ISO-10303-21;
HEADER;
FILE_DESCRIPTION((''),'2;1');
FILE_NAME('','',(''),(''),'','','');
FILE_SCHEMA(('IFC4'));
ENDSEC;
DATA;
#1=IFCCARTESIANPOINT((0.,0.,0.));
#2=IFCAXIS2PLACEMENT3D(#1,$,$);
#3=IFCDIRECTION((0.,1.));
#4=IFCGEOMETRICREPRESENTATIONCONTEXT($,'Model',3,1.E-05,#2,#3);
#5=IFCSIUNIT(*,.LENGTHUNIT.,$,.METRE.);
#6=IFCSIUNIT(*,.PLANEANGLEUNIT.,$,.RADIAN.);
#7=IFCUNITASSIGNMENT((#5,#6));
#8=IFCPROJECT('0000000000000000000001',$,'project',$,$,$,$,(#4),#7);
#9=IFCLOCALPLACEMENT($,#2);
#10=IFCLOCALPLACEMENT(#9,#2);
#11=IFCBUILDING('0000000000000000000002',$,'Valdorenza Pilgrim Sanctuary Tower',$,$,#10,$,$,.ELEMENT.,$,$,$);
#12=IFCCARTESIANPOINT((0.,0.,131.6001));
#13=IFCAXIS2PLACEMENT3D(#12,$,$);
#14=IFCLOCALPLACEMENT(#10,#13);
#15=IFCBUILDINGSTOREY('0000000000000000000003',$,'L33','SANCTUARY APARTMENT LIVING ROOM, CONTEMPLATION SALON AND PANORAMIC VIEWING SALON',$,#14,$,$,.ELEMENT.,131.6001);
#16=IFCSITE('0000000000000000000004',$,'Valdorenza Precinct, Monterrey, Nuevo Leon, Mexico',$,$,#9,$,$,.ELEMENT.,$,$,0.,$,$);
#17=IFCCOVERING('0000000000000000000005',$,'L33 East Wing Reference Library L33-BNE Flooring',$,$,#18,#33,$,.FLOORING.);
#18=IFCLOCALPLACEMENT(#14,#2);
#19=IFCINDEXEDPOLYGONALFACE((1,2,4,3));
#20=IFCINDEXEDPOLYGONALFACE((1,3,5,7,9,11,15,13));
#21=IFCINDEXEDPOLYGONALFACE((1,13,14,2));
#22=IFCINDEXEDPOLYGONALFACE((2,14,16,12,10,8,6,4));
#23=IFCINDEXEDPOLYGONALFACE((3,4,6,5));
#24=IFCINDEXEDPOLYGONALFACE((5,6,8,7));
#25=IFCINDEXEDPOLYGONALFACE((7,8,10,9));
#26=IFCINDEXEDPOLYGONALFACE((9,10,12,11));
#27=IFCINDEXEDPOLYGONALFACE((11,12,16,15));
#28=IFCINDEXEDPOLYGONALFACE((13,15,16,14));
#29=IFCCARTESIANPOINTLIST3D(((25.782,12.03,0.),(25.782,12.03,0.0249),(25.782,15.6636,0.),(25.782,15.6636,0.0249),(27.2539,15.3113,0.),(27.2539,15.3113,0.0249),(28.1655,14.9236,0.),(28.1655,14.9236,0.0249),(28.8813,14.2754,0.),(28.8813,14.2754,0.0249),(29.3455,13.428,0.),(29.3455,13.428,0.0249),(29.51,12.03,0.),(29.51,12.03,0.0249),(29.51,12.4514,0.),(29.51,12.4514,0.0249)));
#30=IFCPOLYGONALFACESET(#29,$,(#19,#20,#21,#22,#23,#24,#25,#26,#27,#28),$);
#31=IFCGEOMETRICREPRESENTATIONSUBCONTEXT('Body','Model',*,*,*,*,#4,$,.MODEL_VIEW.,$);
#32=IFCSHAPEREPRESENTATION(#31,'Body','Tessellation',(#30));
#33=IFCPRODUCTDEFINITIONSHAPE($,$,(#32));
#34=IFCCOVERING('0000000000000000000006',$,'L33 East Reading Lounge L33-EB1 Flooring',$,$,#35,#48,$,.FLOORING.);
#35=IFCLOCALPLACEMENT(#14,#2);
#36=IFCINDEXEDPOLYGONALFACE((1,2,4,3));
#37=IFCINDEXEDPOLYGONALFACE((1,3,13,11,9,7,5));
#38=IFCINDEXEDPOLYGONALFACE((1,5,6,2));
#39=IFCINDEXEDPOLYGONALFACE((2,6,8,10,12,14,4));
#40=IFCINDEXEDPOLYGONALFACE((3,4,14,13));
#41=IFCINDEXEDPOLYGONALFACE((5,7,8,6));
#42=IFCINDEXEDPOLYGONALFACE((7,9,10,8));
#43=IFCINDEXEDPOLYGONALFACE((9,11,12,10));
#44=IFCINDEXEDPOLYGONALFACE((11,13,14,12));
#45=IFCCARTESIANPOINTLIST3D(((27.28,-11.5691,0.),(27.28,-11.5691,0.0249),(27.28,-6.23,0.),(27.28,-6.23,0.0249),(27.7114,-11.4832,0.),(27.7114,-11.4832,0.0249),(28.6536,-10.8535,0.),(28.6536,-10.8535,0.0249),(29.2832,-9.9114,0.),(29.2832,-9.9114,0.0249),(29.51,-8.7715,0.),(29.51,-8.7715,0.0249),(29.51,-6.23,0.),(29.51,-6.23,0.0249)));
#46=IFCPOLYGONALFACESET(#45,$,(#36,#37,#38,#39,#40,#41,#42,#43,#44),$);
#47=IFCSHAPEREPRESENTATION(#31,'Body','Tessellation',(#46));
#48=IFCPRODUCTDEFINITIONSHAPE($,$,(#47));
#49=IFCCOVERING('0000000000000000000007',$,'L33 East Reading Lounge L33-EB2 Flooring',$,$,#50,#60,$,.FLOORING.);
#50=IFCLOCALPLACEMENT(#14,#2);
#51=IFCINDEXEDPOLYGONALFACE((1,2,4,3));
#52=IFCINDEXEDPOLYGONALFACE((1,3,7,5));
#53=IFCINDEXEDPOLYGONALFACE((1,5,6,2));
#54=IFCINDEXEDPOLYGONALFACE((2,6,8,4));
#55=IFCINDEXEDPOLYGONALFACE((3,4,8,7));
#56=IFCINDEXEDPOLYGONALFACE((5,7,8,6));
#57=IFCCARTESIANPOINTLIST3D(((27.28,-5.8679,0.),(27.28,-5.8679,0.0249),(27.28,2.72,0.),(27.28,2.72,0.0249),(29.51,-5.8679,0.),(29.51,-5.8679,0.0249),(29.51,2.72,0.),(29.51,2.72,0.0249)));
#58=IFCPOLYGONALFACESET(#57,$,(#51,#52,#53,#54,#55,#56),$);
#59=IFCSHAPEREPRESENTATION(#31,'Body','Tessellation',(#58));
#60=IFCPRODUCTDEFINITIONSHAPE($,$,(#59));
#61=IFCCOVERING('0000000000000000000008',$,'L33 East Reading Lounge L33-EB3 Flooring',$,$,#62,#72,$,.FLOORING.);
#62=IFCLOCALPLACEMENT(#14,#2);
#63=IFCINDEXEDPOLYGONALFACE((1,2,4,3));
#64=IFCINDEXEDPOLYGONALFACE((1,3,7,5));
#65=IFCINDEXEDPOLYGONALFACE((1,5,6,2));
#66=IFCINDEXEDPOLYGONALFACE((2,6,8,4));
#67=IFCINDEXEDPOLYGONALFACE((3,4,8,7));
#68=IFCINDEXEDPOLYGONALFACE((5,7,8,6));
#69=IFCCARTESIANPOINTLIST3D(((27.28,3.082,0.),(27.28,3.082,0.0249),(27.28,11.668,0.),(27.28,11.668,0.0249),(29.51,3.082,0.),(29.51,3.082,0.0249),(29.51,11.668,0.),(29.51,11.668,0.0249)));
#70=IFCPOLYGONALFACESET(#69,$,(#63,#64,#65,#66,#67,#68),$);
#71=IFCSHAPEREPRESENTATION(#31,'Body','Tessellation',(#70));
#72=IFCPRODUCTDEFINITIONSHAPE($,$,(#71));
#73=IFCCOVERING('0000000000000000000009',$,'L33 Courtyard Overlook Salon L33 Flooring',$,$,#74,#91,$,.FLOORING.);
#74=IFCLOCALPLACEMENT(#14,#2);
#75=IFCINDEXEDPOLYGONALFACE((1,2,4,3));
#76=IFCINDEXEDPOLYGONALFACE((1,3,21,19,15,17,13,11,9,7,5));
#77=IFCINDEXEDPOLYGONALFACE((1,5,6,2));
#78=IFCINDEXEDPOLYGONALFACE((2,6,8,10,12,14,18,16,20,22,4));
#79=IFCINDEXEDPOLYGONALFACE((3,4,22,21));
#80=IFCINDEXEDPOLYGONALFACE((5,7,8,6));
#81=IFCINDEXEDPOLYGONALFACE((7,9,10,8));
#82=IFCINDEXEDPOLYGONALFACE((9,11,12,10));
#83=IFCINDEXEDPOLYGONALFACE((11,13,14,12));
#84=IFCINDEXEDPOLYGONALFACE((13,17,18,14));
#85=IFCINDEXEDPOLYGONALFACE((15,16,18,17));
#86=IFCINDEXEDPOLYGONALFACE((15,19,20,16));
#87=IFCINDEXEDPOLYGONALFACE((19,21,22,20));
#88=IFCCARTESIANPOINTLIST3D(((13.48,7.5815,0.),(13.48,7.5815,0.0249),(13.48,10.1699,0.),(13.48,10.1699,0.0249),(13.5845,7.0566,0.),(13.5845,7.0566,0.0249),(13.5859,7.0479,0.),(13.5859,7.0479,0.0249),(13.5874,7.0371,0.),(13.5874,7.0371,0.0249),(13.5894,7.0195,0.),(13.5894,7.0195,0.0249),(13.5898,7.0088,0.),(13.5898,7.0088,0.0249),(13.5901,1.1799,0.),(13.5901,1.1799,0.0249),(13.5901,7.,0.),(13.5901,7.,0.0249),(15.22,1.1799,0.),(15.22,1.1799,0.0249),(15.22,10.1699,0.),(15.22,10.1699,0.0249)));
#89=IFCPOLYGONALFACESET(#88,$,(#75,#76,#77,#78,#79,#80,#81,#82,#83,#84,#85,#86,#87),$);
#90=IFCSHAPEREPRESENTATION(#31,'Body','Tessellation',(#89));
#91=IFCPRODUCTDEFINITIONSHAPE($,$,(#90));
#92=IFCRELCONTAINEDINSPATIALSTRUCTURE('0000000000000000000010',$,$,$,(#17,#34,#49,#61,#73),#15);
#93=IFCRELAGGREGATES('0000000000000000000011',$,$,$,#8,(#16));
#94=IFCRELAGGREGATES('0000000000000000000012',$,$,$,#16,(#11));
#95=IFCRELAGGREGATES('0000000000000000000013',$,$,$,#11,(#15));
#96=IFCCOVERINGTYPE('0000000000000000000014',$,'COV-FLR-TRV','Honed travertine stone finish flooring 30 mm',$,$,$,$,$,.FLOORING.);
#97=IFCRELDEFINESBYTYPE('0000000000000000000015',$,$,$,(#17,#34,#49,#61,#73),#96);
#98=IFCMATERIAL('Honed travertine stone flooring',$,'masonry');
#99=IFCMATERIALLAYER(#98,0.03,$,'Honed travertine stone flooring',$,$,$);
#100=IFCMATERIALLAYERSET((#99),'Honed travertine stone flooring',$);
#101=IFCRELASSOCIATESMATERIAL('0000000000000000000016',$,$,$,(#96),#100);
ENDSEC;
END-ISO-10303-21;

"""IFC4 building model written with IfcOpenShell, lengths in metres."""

from ifc_helpers import new_model, si_unit, direction, frame, origin, place, context, subcontext, project, spatial, polyline, outline, extrude, material, layer, layer_set, type_object, element, save


model = new_model("IFC4")

# Units and contexts
model_context = context("Model", 3, precision=1e-05, world=origin(), true_north=direction((0.0, 1.0)))
body_context = subcontext(model_context, "Body", "Model", "MODEL_VIEW")
ifc_project = project(units=[si_unit("LENGTHUNIT", "METRE"), si_unit("PLANEANGLEUNIT", "RADIAN")], contexts=[model_context])

# Site, building, storey
site_placement = place(None, origin())
site = spatial("IfcSite", under=ifc_project, at=site_placement, Name="Valdorenza Precinct, Monterrey, Nuevo Leon, Mexico", CompositionType="ELEMENT", RefElevation=0.0)
building_placement = place(site_placement, origin())
building = spatial("IfcBuilding", under=site, at=building_placement, Name="Valdorenza Pilgrim Sanctuary Tower", CompositionType="ELEMENT")
storey_placement = place(building_placement, frame((0.0, 0.0, 131.6001)))
storey = spatial("IfcBuildingStorey", under=building, at=storey_placement, Name="L33", Description="SANCTUARY APARTMENT LIVING ROOM, CONTEMPLATION SALON AND PANORAMIC VIEWING SALON", CompositionType="ELEMENT", Elevation=131.6001)

# Coverings
ifc_material_1 = material(Name="Honed travertine stone flooring", Category="masonry")
ifc_layer_1 = layer(ifc_material_1, 0.03, Name="Honed travertine stone flooring")
ifc_layer_set_1 = layer_set([ifc_layer_1], Name="Honed travertine stone flooring")
covering_type_1 = type_object("IfcCoveringType", Name="COV-FLR-TRV", Description="Honed travertine stone finish flooring 30 mm", PredefinedType="FLOORING", material=ifc_layer_set_1)
covering_1_placement = place(storey_placement, origin())
element("IfcCovering", 1, at=covering_1_placement, inside=storey, type_object=covering_type_1, Name="L33 East Wing Reference Library L33-BNE Flooring", PredefinedType="FLOORING", context=body_context, shape_type="SweptSolid", body=[
    extrude(outline(polyline([(27.2539, 15.3113), (28.1655, 14.9236), (28.8813, 14.2754), (29.3455, 13.428), (29.51, 12.4514), (29.51, 12.03), (25.782, 12.03), (25.782, 15.6636), (27.2539, 15.3113)])), origin(), (0.0, 0.0, 1.0), 0.0249),
])
covering_2_placement = place(storey_placement, origin())
element("IfcCovering", 2, at=covering_2_placement, inside=storey, type_object=covering_type_1, Name="L33 East Reading Lounge L33-EB1 Flooring", PredefinedType="FLOORING", context=body_context, shape_type="SweptSolid", body=[
    extrude(outline(polyline([(29.51, -6.23), (29.51, -8.7715), (29.2832, -9.9114), (28.6536, -10.8535), (27.7114, -11.4832), (27.28, -11.5691), (27.28, -6.23), (29.51, -6.23)])), origin(), (0.0, 0.0, 1.0), 0.0249),
])
covering_3_placement = place(storey_placement, origin())
element("IfcCovering", 3, at=covering_3_placement, inside=storey, type_object=covering_type_1, Name="L33 East Reading Lounge L33-EB2 Flooring", PredefinedType="FLOORING", context=body_context, shape_type="SweptSolid", body=[
    extrude(outline(polyline([(27.28, 2.72), (29.51, 2.72), (29.51, -5.8679), (27.28, -5.8679), (27.28, 2.72)])), origin(), (0.0, 0.0, 1.0), 0.0249),
])
covering_4_placement = place(storey_placement, origin())
element("IfcCovering", 4, at=covering_4_placement, inside=storey, type_object=covering_type_1, Name="L33 East Reading Lounge L33-EB3 Flooring", PredefinedType="FLOORING", context=body_context, shape_type="SweptSolid", body=[
    extrude(outline(polyline([(27.28, 11.668), (29.51, 11.668), (29.51, 3.082), (27.28, 3.082), (27.28, 11.668)])), origin(), (0.0, 0.0, 1.0), 0.0249),
])
covering_5_placement = place(storey_placement, origin())
element("IfcCovering", 5, at=covering_5_placement, inside=storey, type_object=covering_type_1, Name="L33 Courtyard Overlook Salon L33 Flooring", PredefinedType="FLOORING", context=body_context, shape_type="SweptSolid", body=[
    extrude(outline(polyline([(15.22, 10.1699), (15.22, 1.1799), (13.5901, 1.1799), (13.5901, 7.0), (13.5898, 7.0088), (13.5894, 7.0195), (13.5874, 7.0371), (13.5859, 7.0479), (13.5845, 7.0566), (13.48, 7.5815), (13.48, 10.1699), (15.22, 10.1699)])), origin(), (0.0, 0.0, 1.0), 0.0249),
])

save(model, "model.ifc")
